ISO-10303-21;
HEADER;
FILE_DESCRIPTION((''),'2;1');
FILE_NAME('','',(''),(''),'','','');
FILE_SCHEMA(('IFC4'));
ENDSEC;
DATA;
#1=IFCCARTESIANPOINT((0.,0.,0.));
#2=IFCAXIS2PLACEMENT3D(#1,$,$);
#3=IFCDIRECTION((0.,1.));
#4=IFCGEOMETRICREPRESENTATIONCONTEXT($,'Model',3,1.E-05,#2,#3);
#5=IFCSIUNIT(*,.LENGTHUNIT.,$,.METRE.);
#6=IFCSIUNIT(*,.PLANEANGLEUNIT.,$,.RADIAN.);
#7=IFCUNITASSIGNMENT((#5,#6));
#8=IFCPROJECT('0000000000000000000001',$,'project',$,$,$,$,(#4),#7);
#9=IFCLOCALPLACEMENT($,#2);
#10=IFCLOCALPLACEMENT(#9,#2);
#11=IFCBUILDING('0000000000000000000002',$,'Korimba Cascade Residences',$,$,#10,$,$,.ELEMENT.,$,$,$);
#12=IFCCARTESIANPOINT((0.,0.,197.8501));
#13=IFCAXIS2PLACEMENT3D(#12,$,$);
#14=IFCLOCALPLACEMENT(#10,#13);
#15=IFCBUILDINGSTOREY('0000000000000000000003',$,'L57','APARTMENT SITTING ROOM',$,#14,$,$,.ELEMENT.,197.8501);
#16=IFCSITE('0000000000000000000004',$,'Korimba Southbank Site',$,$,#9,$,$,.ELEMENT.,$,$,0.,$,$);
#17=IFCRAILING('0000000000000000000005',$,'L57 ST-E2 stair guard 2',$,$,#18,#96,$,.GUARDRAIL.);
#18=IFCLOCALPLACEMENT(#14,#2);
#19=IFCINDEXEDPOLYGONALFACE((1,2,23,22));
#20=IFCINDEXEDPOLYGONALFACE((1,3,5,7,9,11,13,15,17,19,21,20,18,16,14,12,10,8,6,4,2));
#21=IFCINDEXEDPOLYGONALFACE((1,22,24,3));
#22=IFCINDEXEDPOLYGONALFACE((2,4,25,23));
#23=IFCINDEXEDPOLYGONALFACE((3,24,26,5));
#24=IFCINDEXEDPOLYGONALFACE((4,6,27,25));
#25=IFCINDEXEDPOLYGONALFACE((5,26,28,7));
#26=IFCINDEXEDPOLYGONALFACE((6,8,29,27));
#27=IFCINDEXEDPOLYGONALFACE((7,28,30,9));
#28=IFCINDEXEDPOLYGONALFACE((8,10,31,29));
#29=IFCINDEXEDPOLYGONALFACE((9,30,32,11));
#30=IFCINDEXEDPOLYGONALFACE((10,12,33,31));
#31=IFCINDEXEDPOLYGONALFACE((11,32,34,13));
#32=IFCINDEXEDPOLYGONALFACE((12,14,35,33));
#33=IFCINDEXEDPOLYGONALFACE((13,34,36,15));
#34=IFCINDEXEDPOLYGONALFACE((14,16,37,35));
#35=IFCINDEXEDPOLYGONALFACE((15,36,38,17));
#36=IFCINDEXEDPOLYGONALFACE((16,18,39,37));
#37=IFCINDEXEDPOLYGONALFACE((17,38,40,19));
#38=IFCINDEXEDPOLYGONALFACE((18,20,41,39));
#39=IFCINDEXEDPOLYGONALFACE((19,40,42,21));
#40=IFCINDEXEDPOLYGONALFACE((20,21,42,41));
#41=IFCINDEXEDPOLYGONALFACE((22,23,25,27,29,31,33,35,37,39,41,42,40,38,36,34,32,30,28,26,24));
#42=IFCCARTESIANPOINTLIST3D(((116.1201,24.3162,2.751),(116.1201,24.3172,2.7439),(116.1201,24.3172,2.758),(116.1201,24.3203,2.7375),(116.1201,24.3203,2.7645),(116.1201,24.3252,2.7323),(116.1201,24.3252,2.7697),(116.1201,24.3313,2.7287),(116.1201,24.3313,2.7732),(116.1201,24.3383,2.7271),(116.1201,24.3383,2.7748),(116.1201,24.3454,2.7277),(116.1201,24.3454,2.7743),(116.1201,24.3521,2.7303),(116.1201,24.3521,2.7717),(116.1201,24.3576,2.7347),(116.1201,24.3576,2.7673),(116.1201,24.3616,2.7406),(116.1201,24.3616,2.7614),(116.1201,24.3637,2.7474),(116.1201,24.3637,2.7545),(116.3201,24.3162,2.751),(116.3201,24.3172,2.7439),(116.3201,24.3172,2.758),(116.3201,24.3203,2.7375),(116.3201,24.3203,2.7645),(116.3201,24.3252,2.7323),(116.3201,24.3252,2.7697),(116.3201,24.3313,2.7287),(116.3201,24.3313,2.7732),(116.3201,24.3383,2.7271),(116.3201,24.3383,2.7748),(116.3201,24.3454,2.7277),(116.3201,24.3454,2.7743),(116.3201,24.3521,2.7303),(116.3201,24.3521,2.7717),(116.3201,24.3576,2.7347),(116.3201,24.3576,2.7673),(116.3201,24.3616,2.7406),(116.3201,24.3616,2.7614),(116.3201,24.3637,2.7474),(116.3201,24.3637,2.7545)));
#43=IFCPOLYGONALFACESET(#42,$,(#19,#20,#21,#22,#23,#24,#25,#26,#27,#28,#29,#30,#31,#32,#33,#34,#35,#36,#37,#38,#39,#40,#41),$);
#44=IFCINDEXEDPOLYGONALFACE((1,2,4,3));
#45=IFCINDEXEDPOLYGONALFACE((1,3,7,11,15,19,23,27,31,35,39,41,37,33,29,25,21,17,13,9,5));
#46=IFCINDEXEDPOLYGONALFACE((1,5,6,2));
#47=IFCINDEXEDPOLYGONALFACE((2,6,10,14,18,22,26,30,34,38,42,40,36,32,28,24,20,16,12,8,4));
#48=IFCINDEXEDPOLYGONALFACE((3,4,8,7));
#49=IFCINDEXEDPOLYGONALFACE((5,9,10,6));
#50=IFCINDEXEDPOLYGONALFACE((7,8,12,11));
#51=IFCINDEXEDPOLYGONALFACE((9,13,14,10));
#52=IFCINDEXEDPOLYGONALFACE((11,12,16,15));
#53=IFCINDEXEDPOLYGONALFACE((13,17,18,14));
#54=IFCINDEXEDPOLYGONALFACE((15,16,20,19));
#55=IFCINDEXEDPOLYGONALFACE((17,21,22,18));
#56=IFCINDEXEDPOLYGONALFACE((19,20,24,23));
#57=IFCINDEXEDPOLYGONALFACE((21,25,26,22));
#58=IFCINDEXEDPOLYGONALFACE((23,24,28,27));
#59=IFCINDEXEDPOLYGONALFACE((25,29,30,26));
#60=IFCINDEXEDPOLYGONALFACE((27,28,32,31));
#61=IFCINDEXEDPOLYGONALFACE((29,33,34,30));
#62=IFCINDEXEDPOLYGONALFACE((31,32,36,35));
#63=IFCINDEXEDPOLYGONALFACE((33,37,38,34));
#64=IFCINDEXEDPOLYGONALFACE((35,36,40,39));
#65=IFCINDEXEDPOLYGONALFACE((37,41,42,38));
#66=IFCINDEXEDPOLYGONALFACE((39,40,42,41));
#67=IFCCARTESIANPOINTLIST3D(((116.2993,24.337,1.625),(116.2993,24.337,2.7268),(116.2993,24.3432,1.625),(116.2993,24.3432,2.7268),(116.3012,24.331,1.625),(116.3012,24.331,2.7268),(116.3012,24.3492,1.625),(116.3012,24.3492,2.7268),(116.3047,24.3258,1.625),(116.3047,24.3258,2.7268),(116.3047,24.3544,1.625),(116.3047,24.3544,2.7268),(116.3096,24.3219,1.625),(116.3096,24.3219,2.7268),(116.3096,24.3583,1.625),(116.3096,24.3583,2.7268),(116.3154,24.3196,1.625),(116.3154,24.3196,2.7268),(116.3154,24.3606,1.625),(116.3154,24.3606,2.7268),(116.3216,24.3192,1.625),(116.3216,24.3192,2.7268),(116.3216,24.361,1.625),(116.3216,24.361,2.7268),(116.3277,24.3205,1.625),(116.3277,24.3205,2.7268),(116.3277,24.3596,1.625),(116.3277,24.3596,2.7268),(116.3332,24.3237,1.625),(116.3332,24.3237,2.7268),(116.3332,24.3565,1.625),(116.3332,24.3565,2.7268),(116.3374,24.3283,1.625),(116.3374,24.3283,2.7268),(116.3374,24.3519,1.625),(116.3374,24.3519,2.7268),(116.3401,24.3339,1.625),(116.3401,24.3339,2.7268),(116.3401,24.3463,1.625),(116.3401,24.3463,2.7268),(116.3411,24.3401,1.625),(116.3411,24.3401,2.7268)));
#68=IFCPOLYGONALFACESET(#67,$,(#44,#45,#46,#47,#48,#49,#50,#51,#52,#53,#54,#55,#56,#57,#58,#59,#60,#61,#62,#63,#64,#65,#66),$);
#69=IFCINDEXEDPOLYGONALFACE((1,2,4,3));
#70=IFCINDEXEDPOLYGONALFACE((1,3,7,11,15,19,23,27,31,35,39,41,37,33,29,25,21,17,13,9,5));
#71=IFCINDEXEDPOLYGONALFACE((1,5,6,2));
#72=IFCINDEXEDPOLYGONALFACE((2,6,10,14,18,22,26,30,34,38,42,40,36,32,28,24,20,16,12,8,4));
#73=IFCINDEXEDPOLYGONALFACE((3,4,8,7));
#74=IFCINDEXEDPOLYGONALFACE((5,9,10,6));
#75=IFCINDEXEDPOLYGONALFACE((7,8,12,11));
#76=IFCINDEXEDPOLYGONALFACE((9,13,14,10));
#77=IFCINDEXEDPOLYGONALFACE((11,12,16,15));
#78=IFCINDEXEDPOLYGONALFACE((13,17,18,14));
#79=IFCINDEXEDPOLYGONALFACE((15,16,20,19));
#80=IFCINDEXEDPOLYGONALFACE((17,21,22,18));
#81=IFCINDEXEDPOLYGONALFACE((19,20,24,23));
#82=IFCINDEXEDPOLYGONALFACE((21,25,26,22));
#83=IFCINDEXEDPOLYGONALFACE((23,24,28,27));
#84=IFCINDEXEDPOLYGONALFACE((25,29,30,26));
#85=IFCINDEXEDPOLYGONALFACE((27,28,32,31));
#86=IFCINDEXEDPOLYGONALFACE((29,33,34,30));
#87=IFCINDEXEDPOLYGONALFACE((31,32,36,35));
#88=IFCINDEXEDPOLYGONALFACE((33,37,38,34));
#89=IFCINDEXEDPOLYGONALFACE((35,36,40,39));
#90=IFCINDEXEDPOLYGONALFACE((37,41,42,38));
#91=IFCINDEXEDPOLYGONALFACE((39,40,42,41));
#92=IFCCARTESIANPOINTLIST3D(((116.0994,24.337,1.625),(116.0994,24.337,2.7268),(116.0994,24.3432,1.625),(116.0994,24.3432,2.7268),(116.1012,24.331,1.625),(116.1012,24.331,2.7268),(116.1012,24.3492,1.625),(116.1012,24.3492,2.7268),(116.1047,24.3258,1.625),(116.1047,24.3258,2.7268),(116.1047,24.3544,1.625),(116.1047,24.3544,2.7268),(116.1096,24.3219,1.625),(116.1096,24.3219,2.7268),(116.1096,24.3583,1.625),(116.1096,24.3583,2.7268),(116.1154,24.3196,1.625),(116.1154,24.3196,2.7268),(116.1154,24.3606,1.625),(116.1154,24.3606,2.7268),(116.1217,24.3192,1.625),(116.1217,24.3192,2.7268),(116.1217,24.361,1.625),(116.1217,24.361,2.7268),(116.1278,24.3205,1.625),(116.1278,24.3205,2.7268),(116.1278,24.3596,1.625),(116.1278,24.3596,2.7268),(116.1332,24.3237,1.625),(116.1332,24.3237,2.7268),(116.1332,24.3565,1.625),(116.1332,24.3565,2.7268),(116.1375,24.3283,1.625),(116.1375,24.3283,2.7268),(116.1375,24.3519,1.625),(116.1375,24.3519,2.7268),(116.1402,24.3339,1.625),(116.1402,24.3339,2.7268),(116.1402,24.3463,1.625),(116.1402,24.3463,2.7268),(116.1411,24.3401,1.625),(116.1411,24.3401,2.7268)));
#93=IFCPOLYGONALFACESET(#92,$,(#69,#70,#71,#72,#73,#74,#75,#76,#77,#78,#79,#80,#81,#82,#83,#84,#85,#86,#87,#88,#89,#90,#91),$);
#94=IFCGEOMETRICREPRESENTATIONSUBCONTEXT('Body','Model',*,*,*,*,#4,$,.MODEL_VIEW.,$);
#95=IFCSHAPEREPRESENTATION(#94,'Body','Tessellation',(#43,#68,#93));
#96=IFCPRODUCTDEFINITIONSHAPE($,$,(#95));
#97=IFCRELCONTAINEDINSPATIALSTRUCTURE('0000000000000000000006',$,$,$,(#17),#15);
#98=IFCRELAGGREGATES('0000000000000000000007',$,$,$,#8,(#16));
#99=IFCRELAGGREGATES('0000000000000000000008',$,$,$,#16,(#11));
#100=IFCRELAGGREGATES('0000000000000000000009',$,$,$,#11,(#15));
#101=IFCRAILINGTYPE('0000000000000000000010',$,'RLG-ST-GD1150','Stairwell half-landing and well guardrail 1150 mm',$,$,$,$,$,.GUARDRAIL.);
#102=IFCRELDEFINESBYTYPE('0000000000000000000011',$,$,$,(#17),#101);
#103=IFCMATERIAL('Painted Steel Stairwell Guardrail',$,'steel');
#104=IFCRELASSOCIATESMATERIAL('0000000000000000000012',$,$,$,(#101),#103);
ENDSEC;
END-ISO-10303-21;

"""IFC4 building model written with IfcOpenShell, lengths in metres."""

from ifc_helpers import new_model, si_unit, direction, frame, origin, origin_2d, place, context, subcontext, project, spatial, circle, extrude, material, type_object, element, save


model = new_model("IFC4")

# Units and contexts
model_context = context("Model", 3, precision=1e-05, world=origin(), true_north=direction((0.0, 1.0)))
body_context = subcontext(model_context, "Body", "Model", "MODEL_VIEW")
ifc_project = project(units=[si_unit("LENGTHUNIT", "METRE"), si_unit("PLANEANGLEUNIT", "RADIAN")], contexts=[model_context])

# Site, building, storey
site_placement = place(None, origin())
site = spatial("IfcSite", under=ifc_project, at=site_placement, Name="Korimba Southbank Site", CompositionType="ELEMENT", RefElevation=0.0)
building_placement = place(site_placement, origin())
building = spatial("IfcBuilding", under=site, at=building_placement, Name="Korimba Cascade Residences", CompositionType="ELEMENT")
storey_placement = place(building_placement, frame((0.0, 0.0, 197.8501)))
storey = spatial("IfcBuildingStorey", under=building, at=storey_placement, Name="L57", Description="APARTMENT SITTING ROOM", CompositionType="ELEMENT", Elevation=197.8501)

# Railing
ifc_material_1 = material(Name="Painted Steel Stairwell Guardrail", Category="steel")
railing_type_1 = type_object("IfcRailingType", Name="RLG-ST-GD1150", Description="Stairwell half-landing and well guardrail 1150 mm", PredefinedType="GUARDRAIL", material=ifc_material_1)
railing_1_placement = place(storey_placement, frame((116.3201, 24.3401, 1.625)))
element("IfcRailing", 1, at=railing_1_placement, inside=storey, type_object=railing_type_1, Name="L57 ST-E2 stair guard 2", PredefinedType="GUARDRAIL", context=body_context, shape_type="SweptSolid", body=[
    extrude(circle(Radius=0.0239, at=origin_2d()), frame((0.0, 0.0, 1.126), z_axis=(-1.0, 0.0, 0.0), x_axis=(0.0, -1.0, 0.0)), (0.0, 0.0, 1.0), 0.2),
    extrude(circle(Radius=0.021, at=origin_2d()), origin(), (0.0, 0.0, 1.0), 1.1018),
    extrude(circle(Radius=0.021, at=origin_2d()), frame((-0.2, 0.0, 0.0)), (0.0, 0.0, 1.0), 1.1018),
])

save(model, "model.ifc")
